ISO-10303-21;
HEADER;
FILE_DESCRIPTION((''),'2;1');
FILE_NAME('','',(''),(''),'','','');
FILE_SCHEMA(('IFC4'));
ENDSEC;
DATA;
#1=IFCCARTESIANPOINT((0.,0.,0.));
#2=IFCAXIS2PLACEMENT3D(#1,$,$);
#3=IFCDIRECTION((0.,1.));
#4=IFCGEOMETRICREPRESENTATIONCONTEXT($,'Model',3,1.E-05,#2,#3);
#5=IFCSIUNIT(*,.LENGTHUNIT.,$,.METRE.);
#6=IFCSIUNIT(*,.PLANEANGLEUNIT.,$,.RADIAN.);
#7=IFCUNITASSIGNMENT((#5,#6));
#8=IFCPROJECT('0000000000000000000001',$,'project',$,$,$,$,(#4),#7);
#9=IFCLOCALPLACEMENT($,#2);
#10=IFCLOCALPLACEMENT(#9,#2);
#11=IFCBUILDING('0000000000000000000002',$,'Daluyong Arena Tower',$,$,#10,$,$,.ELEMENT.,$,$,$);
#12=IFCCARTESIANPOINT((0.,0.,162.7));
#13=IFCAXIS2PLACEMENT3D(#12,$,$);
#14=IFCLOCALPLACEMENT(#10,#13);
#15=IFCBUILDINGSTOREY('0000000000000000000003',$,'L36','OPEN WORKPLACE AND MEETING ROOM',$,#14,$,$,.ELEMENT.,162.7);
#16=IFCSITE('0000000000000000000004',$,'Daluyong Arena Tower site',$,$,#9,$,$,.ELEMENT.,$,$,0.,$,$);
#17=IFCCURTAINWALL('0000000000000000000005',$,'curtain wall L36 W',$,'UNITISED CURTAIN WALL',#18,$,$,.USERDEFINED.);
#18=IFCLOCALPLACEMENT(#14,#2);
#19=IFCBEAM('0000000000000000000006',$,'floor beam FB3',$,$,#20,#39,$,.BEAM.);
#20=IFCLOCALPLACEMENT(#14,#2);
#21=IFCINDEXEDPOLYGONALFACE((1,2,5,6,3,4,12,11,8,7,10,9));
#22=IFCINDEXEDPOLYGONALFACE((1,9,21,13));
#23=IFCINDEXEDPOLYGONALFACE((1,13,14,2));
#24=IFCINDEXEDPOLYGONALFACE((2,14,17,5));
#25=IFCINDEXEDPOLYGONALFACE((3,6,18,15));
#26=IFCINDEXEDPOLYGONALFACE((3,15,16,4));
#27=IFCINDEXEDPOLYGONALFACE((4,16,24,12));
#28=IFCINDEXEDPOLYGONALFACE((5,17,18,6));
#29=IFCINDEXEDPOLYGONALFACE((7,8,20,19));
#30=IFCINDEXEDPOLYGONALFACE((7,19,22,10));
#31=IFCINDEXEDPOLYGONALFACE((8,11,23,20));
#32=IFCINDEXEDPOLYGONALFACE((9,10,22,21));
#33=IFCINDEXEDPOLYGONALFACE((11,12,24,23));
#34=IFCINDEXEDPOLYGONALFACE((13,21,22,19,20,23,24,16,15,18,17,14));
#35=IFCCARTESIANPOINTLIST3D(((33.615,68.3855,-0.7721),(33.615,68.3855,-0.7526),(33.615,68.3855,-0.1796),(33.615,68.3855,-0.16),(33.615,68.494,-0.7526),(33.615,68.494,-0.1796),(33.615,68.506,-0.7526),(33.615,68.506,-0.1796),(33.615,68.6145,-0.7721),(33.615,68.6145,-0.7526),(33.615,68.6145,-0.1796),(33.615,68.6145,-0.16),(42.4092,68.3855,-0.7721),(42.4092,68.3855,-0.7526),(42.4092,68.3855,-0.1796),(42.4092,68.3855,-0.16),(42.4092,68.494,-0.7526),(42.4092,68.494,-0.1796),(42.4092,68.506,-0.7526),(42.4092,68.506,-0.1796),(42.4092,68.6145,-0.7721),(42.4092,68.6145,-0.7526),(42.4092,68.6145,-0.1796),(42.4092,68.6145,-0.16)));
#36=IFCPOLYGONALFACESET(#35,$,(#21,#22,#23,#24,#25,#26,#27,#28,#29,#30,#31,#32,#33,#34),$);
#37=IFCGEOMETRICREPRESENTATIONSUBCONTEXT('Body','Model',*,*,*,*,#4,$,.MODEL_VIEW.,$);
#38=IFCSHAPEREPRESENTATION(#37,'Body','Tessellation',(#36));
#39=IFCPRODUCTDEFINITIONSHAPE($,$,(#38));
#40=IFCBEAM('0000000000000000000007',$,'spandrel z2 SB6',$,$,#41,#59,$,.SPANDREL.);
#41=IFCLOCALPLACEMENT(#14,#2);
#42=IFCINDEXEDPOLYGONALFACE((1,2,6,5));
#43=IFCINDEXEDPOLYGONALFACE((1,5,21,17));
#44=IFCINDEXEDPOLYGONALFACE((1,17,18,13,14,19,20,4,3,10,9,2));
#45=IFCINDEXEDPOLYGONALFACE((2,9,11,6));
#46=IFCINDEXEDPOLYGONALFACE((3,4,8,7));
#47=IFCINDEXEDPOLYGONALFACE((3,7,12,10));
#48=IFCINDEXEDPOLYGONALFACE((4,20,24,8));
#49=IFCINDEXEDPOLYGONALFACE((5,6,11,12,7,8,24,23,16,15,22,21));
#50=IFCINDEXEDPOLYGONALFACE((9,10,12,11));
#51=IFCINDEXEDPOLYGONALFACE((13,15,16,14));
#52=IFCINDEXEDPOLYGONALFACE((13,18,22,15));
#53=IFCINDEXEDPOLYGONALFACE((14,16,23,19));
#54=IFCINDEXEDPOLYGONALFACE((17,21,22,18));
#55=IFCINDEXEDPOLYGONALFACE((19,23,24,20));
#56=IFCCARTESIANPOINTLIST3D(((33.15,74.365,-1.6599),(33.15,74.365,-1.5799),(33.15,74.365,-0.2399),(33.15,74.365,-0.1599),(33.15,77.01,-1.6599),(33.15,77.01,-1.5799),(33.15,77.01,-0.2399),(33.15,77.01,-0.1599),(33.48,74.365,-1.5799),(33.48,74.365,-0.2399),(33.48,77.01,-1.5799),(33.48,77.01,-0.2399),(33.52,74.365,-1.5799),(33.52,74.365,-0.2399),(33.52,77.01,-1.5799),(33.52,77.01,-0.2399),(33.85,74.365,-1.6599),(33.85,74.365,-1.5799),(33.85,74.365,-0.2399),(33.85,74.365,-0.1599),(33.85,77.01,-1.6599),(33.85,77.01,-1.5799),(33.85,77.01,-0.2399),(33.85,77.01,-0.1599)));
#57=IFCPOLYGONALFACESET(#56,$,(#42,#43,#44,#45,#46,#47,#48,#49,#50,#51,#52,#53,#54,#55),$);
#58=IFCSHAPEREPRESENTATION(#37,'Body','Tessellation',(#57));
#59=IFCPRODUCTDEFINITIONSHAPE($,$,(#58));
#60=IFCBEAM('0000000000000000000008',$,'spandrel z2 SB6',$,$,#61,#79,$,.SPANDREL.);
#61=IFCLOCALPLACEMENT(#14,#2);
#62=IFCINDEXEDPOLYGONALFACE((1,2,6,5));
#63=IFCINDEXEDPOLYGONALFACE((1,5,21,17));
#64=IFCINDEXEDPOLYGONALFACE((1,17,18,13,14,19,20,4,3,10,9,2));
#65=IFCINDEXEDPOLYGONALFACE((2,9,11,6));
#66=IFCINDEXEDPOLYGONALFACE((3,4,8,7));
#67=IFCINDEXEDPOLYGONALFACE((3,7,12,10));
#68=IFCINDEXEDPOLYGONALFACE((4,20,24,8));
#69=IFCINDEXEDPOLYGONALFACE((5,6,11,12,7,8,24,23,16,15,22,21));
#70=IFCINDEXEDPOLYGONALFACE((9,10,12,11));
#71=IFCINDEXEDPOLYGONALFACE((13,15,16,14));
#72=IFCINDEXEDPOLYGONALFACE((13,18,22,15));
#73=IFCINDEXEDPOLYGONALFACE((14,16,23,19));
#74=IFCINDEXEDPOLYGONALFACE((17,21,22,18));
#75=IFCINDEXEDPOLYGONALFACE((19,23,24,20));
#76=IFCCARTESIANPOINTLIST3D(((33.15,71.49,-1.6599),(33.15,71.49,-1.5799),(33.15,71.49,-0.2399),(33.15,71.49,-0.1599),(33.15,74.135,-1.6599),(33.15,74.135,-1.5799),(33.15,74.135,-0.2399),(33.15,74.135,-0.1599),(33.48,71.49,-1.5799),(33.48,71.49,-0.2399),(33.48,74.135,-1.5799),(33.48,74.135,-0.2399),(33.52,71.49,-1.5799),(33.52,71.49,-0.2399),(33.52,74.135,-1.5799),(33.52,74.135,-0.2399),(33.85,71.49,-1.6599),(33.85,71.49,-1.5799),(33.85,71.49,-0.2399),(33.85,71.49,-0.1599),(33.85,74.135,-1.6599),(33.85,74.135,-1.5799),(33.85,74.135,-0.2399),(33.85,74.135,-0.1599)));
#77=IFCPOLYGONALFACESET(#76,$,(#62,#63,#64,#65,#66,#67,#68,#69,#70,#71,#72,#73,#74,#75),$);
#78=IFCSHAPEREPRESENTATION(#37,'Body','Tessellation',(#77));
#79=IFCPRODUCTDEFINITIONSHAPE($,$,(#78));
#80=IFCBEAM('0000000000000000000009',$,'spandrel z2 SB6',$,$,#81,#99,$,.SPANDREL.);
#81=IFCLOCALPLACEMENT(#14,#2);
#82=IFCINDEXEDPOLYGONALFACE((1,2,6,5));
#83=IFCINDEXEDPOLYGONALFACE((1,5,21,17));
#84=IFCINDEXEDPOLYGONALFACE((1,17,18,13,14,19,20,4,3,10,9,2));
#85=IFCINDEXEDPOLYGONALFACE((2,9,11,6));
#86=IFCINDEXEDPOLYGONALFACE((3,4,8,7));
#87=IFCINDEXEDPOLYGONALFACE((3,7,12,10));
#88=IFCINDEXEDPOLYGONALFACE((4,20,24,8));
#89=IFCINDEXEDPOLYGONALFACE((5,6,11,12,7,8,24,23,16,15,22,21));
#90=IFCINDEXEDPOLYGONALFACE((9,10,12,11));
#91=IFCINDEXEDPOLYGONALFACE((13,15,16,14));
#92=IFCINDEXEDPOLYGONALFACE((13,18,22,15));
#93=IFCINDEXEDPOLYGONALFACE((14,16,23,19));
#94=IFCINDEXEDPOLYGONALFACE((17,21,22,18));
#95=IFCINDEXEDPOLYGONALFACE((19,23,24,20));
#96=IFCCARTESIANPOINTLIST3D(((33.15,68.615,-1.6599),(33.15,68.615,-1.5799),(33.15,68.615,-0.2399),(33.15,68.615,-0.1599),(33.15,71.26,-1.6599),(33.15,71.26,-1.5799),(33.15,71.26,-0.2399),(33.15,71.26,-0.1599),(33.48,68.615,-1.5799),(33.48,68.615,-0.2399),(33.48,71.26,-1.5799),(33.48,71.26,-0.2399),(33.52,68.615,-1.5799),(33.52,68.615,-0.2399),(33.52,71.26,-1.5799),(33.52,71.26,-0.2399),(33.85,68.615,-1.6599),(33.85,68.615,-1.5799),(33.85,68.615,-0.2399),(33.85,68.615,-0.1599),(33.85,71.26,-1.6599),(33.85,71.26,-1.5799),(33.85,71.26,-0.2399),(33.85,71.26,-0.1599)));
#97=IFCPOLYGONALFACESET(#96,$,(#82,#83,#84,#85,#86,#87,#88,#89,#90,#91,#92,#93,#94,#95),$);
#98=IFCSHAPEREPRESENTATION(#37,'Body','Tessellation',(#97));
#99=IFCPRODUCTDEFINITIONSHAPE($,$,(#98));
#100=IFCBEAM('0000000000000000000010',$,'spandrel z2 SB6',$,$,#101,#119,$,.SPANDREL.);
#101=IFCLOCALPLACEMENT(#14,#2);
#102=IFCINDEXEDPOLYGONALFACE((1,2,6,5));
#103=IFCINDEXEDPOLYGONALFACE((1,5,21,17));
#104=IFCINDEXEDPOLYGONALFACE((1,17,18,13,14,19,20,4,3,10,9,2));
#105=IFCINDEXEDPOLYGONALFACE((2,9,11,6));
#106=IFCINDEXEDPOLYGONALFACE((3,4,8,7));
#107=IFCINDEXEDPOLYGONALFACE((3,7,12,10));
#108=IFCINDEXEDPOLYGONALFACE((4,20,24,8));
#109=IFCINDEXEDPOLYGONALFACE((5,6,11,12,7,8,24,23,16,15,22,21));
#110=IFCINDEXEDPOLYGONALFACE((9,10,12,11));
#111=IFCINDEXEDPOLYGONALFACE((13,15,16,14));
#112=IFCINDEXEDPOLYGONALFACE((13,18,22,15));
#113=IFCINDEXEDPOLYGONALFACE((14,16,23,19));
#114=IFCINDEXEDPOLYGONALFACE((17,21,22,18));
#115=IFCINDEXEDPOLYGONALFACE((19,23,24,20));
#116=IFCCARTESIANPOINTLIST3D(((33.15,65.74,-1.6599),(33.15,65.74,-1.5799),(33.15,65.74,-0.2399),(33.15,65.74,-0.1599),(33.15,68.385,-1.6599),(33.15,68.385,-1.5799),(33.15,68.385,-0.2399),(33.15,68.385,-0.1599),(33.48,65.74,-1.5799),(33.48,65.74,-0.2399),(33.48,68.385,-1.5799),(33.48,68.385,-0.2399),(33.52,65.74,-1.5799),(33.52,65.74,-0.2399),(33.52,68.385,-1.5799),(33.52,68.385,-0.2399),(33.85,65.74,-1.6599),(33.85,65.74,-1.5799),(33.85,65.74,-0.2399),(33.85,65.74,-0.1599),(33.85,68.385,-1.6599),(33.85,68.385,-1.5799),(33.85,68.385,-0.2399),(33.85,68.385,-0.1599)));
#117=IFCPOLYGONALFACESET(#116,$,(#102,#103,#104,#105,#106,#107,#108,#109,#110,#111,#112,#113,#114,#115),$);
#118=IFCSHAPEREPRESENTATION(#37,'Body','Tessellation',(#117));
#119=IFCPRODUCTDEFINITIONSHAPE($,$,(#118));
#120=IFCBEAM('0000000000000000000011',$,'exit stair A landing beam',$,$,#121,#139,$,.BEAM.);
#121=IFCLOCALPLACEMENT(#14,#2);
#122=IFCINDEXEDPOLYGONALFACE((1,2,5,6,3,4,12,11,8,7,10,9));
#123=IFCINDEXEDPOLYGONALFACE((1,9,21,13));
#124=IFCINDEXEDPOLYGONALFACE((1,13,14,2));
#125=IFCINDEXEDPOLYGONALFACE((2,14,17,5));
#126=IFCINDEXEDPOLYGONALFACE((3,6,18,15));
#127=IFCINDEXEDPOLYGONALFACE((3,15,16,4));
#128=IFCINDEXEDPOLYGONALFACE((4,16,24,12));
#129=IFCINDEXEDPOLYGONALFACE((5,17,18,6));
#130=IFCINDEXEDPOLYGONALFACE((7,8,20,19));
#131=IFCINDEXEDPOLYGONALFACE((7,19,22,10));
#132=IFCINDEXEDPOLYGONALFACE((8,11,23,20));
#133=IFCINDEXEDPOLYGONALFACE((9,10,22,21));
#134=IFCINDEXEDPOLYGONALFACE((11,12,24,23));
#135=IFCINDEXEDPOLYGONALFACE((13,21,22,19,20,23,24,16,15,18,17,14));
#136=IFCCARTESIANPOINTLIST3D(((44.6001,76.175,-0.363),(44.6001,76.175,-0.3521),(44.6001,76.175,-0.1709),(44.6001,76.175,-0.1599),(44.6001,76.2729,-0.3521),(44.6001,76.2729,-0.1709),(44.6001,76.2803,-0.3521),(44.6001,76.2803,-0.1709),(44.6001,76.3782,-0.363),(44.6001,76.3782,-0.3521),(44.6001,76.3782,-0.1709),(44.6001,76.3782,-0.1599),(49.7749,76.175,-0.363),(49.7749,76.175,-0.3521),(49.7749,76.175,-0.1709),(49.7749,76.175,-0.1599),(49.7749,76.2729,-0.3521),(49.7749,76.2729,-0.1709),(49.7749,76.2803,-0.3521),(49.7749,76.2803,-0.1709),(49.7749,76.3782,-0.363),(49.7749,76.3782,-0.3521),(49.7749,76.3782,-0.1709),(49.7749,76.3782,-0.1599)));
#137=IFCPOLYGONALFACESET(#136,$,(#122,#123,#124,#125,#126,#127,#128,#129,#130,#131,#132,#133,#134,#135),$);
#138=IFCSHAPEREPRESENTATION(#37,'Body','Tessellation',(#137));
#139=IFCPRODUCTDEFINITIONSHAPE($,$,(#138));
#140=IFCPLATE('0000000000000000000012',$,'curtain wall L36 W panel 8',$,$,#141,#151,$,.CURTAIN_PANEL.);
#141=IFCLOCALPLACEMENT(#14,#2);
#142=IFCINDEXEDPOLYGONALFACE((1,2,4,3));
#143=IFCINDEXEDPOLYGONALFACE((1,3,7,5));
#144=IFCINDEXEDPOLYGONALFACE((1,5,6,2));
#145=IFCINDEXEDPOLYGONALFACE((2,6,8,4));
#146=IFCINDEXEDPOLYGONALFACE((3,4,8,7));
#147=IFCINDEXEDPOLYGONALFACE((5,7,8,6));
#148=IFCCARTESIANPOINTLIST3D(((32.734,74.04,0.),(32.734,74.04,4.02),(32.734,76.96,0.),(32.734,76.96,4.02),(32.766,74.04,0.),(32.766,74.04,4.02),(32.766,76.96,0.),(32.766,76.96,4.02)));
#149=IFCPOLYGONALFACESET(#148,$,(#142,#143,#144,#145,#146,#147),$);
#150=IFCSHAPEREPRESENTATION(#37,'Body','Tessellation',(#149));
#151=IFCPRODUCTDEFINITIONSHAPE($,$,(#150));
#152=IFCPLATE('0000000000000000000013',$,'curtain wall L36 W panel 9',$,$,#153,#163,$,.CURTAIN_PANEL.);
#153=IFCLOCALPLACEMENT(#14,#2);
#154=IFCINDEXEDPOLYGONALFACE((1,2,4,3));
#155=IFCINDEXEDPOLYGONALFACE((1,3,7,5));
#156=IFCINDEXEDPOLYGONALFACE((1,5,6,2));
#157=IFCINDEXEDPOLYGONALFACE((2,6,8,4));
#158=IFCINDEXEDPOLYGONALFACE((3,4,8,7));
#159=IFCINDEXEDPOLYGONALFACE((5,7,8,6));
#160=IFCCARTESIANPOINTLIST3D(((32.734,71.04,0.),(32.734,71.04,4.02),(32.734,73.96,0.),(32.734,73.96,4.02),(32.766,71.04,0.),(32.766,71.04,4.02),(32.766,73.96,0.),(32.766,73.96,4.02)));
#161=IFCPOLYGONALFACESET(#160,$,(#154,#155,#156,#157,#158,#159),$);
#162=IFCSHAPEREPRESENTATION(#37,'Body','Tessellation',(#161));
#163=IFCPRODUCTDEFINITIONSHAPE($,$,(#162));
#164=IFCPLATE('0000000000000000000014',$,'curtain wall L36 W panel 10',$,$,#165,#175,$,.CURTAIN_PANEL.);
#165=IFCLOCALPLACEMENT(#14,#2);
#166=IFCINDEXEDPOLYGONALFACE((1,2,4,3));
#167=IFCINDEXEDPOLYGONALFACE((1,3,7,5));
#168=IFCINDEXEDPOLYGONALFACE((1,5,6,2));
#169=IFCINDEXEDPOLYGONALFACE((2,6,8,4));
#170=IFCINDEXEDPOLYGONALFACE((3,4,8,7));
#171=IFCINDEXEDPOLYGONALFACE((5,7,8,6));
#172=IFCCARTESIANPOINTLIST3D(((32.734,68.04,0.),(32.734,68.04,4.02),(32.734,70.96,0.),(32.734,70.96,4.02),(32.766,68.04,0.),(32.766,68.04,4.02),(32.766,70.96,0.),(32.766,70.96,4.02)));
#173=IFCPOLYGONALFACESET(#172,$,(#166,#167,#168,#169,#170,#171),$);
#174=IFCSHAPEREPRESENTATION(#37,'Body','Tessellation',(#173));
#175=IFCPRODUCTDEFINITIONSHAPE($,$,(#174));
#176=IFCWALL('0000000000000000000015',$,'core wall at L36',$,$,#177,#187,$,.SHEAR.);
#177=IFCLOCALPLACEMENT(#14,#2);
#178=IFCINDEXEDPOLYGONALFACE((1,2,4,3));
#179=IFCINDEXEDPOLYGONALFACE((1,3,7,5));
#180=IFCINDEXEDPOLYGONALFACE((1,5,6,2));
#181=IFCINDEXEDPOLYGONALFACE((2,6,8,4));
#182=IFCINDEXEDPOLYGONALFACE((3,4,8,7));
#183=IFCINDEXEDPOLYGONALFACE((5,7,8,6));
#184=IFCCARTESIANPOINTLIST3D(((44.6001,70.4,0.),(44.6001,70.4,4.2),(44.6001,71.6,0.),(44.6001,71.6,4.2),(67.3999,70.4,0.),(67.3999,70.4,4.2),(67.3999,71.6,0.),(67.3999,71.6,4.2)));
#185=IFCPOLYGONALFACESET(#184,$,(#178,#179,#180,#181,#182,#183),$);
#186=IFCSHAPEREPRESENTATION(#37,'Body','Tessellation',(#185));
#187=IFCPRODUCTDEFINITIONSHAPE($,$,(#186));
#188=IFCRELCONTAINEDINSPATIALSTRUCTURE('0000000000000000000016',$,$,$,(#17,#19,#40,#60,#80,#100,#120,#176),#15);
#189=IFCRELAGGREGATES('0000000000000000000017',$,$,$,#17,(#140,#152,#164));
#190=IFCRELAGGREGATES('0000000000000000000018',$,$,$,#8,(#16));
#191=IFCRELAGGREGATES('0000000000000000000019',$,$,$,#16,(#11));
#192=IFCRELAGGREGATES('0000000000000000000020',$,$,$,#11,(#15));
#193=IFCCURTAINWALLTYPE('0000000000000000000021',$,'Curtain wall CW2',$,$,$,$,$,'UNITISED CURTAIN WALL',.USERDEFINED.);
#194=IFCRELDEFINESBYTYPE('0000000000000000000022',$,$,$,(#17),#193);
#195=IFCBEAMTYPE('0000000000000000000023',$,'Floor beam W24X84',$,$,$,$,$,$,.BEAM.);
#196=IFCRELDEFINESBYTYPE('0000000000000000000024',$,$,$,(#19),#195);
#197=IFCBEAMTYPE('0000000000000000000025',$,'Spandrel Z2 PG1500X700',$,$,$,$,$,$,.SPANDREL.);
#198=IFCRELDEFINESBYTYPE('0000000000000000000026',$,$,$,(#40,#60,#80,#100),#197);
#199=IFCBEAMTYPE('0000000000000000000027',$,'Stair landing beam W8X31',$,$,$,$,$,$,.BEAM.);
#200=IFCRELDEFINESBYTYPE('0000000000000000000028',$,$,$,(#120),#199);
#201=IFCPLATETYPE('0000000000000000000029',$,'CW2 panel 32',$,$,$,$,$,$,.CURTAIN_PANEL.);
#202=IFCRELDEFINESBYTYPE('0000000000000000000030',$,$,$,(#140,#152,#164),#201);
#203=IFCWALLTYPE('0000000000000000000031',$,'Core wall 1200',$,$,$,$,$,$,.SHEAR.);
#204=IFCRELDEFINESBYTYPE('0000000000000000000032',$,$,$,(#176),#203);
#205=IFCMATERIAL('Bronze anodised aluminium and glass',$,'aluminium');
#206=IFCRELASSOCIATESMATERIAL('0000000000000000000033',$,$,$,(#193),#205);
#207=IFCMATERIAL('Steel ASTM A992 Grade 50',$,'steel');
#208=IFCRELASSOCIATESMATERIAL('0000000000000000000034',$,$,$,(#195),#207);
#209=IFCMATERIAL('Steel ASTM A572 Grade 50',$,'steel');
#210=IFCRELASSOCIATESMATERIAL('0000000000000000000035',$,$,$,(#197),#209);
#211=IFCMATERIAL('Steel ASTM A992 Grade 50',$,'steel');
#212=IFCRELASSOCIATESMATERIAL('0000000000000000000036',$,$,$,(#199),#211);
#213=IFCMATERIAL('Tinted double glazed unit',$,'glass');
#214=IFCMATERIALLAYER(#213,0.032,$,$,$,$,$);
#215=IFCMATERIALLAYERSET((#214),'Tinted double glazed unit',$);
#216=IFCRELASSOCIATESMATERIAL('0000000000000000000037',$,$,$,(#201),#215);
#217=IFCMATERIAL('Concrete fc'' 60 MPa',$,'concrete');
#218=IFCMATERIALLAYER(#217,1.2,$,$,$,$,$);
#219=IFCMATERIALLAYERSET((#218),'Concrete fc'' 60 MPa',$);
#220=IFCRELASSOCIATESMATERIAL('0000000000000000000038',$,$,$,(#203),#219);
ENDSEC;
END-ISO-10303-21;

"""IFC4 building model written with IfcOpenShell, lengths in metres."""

from ifc_helpers import new_model, si_unit, direction, frame, frame_2d, origin, origin_2d, place, context, subcontext, project, spatial, rectangle, i_section, extrude, material, layer, layer_set, material_profile, profile_set, type_object, element, aggregate, save


model = new_model("IFC4")

# Units and contexts
model_context = context("Model", 3, precision=1e-05, world=origin(), true_north=direction((0.0, 1.0)))
body_context = subcontext(model_context, "Body", "Model", "MODEL_VIEW")
ifc_project = project(units=[si_unit("LENGTHUNIT", "METRE"), si_unit("PLANEANGLEUNIT", "RADIAN")], contexts=[model_context])

# Site, building, storey
site_placement = place(None, origin())
site = spatial("IfcSite", under=ifc_project, at=site_placement, Name="Daluyong Arena Tower site", CompositionType="ELEMENT", RefElevation=0.0)
building_placement = place(site_placement, origin())
building = spatial("IfcBuilding", under=site, at=building_placement, Name="Daluyong Arena Tower", CompositionType="ELEMENT")
storey_placement = place(building_placement, frame((0.0, 0.0, 162.7)))
storey = spatial("IfcBuildingStorey", under=building, at=storey_placement, Name="L36", Description="OPEN WORKPLACE AND MEETING ROOM", CompositionType="ELEMENT", Elevation=162.7)

# Curtain wall
ifc_material_1 = material(Name="Bronze anodised aluminium and glass", Category="aluminium")
curtain_wall_type = type_object("IfcCurtainWallType", Name="Curtain wall CW2", ElementType="UNITISED CURTAIN WALL", PredefinedType="USERDEFINED", material=ifc_material_1)
curtain_wall_placement = place(storey_placement, origin())
curtain_wall = element("IfcCurtainWall", 1, at=curtain_wall_placement, inside=storey, type_object=curtain_wall_type, Name="curtain wall L36 W", ObjectType="UNITISED CURTAIN WALL", PredefinedType="USERDEFINED")

# Beams
ifc_material_2 = material(Name="Steel ASTM A992 Grade 50", Category="steel")
ifc_material_profile_1 = material_profile(ifc_material_2, i_section(OverallWidth=0.229, OverallDepth=0.6121, WebThickness=0.012, FlangeThickness=0.0195, at=origin_2d()))
ifc_profile_set_1 = profile_set([ifc_material_profile_1], Name="Steel ASTM A992 Grade 50")
beam_type_1 = type_object("IfcBeamType", Name="Floor beam W24X84", PredefinedType="BEAM", material=ifc_profile_set_1)
beam_1_placement = place(storey_placement, frame((33.615, 68.5, -0.4661), z_axis=(1.0, 0.0, 0.0), x_axis=(0.0, 1.0, 0.0)))
element("IfcBeam", 2, at=beam_1_placement, inside=storey, type_object=beam_type_1, Name="floor beam FB3", PredefinedType="BEAM", context=body_context, shape_type="SweptSolid", body=[
    extrude(i_section(OverallWidth=0.229, OverallDepth=0.6121, WebThickness=0.012, FlangeThickness=0.0195, at=origin_2d()), origin(), (0.0, 0.0, 1.0), 8.7942),
])
ifc_material_3 = material(Name="Steel ASTM A572 Grade 50", Category="steel")
ifc_material_profile_2 = material_profile(ifc_material_3, i_section(OverallWidth=0.7, OverallDepth=1.5, WebThickness=0.04, FlangeThickness=0.08, at=origin_2d()))
ifc_profile_set_2 = profile_set([ifc_material_profile_2], Name="Steel ASTM A572 Grade 50")
beam_type_2 = type_object("IfcBeamType", Name="Spandrel Z2 PG1500X700", PredefinedType="SPANDREL", material=ifc_profile_set_2)
for number, where, z_axis, x_axis, name in (
    (3, (33.5, 77.01, -0.9099), (0.0, -1.0, 0.0), (1.0, 0.0, 0.0), "spandrel z2 SB6"),
    (4, (33.5, 74.135, -0.9099), (0.0, -1.0, 0.0), (1.0, 0.0, 0.0), "spandrel z2 SB6"),
    (5, (33.5, 71.26, -0.9099), (0.0, -1.0, 0.0), (1.0, 0.0, 0.0), "spandrel z2 SB6"),
    (6, (33.5, 68.385, -0.9099), (0.0, -1.0, 0.0), (1.0, 0.0, 0.0), "spandrel z2 SB6"),
):
    element("IfcBeam", number, at=place(storey_placement, frame(where, z_axis=z_axis, x_axis=x_axis)), inside=storey, type_object=beam_type_2, Name=name, PredefinedType="SPANDREL", context=body_context, shape_type="SweptSolid", body=[
        extrude(i_section(OverallWidth=0.7, OverallDepth=1.5, WebThickness=0.04, FlangeThickness=0.08, at=origin_2d()), origin(), (0.0, 0.0, 1.0), 2.645),
    ])
ifc_material_4 = material(Name="Steel ASTM A992 Grade 50", Category="steel")
ifc_material_profile_3 = material_profile(ifc_material_4, i_section(OverallWidth=0.2031, OverallDepth=0.2031, WebThickness=0.0073, FlangeThickness=0.011, at=origin_2d()))
ifc_profile_set_3 = profile_set([ifc_material_profile_3], Name="Steel ASTM A992 Grade 50")
beam_type_3 = type_object("IfcBeamType", Name="Stair landing beam W8X31", PredefinedType="BEAM", material=ifc_profile_set_3)
beam_2_placement = place(storey_placement, frame((44.6001, 76.2766, -0.2615), z_axis=(1.0, 0.0, 0.0), x_axis=(0.0, 1.0, 0.0)))
element("IfcBeam", 7, at=beam_2_placement, inside=storey, type_object=beam_type_3, Name="exit stair A landing beam", PredefinedType="BEAM", context=body_context, shape_type="SweptSolid", body=[
    extrude(i_section(OverallWidth=0.2031, OverallDepth=0.2031, WebThickness=0.0073, FlangeThickness=0.011, at=origin_2d()), origin(), (0.0, 0.0, 1.0), 5.1748),
])

# Plates
ifc_material_5 = material(Name="Tinted double glazed unit", Category="glass")
ifc_layer_1 = layer(ifc_material_5, 0.032)
ifc_layer_set_1 = layer_set([ifc_layer_1], Name="Tinted double glazed unit")
plate_type = type_object("IfcPlateType", Name="CW2 panel 32", PredefinedType="CURTAIN_PANEL", material=ifc_layer_set_1)
plate_1_placement = place(storey_placement, frame((32.75, 75.5, 0.0), z_axis=(0.0, 0.0, 1.0), x_axis=(0.0, -1.0, 0.0)))
plate_1 = element("IfcPlate", 8, at=plate_1_placement, type_object=plate_type, Name="curtain wall L36 W panel 8", PredefinedType="CURTAIN_PANEL", context=body_context, shape_type="SweptSolid", body=[
    extrude(rectangle(XDim=2.9199, YDim=0.032, at=origin_2d()), origin(), (0.0, 0.0, 1.0), 4.02),
])
plate_2_placement = place(storey_placement, frame((32.75, 72.5, 0.0), z_axis=(0.0, 0.0, 1.0), x_axis=(0.0, -1.0, 0.0)))
plate_2 = element("IfcPlate", 9, at=plate_2_placement, type_object=plate_type, Name="curtain wall L36 W panel 9", PredefinedType="CURTAIN_PANEL", context=body_context, shape_type="SweptSolid", body=[
    extrude(rectangle(XDim=2.9199, YDim=0.032, at=origin_2d()), origin(), (0.0, 0.0, 1.0), 4.02),
])
plate_3_placement = place(storey_placement, frame((32.75, 69.5, 0.0), z_axis=(0.0, 0.0, 1.0), x_axis=(0.0, -1.0, 0.0)))
plate_3 = element("IfcPlate", 10, at=plate_3_placement, type_object=plate_type, Name="curtain wall L36 W panel 10", PredefinedType="CURTAIN_PANEL", context=body_context, shape_type="SweptSolid", body=[
    extrude(rectangle(XDim=2.9199, YDim=0.032, at=origin_2d()), origin(), (0.0, 0.0, 1.0), 4.02),
])
aggregate(curtain_wall, [plate_1, plate_2, plate_3])

# Shared definitions
ifc_material_6 = material(Name="Concrete fc' 60 MPa", Category="concrete")
ifc_layer_2 = layer(ifc_material_6, 1.2)
ifc_layer_set_2 = layer_set([ifc_layer_2], Name="Concrete fc' 60 MPa")
wall_type_1 = type_object("IfcWallType", Name="Core wall 1200", PredefinedType="SHEAR", material=ifc_layer_set_2)

# Wall
wall_1_placement = place(storey_placement, frame((44.6001, 71.0, 0.0), z_axis=(0.0, 0.0, 1.0), x_axis=(1.0, 0.0, 0.0)))
element("IfcWall", 11, at=wall_1_placement, inside=storey, type_object=wall_type_1, Name="core wall at L36", PredefinedType="SHEAR", context=body_context, shape_type="SweptSolid", body=[
    extrude(rectangle(XDim=22.7998, YDim=1.2, at=frame_2d((11.3999, 0.0))), origin(), (0.0, 0.0, 1.0), 4.2),
])

save(model, "model.ifc")
